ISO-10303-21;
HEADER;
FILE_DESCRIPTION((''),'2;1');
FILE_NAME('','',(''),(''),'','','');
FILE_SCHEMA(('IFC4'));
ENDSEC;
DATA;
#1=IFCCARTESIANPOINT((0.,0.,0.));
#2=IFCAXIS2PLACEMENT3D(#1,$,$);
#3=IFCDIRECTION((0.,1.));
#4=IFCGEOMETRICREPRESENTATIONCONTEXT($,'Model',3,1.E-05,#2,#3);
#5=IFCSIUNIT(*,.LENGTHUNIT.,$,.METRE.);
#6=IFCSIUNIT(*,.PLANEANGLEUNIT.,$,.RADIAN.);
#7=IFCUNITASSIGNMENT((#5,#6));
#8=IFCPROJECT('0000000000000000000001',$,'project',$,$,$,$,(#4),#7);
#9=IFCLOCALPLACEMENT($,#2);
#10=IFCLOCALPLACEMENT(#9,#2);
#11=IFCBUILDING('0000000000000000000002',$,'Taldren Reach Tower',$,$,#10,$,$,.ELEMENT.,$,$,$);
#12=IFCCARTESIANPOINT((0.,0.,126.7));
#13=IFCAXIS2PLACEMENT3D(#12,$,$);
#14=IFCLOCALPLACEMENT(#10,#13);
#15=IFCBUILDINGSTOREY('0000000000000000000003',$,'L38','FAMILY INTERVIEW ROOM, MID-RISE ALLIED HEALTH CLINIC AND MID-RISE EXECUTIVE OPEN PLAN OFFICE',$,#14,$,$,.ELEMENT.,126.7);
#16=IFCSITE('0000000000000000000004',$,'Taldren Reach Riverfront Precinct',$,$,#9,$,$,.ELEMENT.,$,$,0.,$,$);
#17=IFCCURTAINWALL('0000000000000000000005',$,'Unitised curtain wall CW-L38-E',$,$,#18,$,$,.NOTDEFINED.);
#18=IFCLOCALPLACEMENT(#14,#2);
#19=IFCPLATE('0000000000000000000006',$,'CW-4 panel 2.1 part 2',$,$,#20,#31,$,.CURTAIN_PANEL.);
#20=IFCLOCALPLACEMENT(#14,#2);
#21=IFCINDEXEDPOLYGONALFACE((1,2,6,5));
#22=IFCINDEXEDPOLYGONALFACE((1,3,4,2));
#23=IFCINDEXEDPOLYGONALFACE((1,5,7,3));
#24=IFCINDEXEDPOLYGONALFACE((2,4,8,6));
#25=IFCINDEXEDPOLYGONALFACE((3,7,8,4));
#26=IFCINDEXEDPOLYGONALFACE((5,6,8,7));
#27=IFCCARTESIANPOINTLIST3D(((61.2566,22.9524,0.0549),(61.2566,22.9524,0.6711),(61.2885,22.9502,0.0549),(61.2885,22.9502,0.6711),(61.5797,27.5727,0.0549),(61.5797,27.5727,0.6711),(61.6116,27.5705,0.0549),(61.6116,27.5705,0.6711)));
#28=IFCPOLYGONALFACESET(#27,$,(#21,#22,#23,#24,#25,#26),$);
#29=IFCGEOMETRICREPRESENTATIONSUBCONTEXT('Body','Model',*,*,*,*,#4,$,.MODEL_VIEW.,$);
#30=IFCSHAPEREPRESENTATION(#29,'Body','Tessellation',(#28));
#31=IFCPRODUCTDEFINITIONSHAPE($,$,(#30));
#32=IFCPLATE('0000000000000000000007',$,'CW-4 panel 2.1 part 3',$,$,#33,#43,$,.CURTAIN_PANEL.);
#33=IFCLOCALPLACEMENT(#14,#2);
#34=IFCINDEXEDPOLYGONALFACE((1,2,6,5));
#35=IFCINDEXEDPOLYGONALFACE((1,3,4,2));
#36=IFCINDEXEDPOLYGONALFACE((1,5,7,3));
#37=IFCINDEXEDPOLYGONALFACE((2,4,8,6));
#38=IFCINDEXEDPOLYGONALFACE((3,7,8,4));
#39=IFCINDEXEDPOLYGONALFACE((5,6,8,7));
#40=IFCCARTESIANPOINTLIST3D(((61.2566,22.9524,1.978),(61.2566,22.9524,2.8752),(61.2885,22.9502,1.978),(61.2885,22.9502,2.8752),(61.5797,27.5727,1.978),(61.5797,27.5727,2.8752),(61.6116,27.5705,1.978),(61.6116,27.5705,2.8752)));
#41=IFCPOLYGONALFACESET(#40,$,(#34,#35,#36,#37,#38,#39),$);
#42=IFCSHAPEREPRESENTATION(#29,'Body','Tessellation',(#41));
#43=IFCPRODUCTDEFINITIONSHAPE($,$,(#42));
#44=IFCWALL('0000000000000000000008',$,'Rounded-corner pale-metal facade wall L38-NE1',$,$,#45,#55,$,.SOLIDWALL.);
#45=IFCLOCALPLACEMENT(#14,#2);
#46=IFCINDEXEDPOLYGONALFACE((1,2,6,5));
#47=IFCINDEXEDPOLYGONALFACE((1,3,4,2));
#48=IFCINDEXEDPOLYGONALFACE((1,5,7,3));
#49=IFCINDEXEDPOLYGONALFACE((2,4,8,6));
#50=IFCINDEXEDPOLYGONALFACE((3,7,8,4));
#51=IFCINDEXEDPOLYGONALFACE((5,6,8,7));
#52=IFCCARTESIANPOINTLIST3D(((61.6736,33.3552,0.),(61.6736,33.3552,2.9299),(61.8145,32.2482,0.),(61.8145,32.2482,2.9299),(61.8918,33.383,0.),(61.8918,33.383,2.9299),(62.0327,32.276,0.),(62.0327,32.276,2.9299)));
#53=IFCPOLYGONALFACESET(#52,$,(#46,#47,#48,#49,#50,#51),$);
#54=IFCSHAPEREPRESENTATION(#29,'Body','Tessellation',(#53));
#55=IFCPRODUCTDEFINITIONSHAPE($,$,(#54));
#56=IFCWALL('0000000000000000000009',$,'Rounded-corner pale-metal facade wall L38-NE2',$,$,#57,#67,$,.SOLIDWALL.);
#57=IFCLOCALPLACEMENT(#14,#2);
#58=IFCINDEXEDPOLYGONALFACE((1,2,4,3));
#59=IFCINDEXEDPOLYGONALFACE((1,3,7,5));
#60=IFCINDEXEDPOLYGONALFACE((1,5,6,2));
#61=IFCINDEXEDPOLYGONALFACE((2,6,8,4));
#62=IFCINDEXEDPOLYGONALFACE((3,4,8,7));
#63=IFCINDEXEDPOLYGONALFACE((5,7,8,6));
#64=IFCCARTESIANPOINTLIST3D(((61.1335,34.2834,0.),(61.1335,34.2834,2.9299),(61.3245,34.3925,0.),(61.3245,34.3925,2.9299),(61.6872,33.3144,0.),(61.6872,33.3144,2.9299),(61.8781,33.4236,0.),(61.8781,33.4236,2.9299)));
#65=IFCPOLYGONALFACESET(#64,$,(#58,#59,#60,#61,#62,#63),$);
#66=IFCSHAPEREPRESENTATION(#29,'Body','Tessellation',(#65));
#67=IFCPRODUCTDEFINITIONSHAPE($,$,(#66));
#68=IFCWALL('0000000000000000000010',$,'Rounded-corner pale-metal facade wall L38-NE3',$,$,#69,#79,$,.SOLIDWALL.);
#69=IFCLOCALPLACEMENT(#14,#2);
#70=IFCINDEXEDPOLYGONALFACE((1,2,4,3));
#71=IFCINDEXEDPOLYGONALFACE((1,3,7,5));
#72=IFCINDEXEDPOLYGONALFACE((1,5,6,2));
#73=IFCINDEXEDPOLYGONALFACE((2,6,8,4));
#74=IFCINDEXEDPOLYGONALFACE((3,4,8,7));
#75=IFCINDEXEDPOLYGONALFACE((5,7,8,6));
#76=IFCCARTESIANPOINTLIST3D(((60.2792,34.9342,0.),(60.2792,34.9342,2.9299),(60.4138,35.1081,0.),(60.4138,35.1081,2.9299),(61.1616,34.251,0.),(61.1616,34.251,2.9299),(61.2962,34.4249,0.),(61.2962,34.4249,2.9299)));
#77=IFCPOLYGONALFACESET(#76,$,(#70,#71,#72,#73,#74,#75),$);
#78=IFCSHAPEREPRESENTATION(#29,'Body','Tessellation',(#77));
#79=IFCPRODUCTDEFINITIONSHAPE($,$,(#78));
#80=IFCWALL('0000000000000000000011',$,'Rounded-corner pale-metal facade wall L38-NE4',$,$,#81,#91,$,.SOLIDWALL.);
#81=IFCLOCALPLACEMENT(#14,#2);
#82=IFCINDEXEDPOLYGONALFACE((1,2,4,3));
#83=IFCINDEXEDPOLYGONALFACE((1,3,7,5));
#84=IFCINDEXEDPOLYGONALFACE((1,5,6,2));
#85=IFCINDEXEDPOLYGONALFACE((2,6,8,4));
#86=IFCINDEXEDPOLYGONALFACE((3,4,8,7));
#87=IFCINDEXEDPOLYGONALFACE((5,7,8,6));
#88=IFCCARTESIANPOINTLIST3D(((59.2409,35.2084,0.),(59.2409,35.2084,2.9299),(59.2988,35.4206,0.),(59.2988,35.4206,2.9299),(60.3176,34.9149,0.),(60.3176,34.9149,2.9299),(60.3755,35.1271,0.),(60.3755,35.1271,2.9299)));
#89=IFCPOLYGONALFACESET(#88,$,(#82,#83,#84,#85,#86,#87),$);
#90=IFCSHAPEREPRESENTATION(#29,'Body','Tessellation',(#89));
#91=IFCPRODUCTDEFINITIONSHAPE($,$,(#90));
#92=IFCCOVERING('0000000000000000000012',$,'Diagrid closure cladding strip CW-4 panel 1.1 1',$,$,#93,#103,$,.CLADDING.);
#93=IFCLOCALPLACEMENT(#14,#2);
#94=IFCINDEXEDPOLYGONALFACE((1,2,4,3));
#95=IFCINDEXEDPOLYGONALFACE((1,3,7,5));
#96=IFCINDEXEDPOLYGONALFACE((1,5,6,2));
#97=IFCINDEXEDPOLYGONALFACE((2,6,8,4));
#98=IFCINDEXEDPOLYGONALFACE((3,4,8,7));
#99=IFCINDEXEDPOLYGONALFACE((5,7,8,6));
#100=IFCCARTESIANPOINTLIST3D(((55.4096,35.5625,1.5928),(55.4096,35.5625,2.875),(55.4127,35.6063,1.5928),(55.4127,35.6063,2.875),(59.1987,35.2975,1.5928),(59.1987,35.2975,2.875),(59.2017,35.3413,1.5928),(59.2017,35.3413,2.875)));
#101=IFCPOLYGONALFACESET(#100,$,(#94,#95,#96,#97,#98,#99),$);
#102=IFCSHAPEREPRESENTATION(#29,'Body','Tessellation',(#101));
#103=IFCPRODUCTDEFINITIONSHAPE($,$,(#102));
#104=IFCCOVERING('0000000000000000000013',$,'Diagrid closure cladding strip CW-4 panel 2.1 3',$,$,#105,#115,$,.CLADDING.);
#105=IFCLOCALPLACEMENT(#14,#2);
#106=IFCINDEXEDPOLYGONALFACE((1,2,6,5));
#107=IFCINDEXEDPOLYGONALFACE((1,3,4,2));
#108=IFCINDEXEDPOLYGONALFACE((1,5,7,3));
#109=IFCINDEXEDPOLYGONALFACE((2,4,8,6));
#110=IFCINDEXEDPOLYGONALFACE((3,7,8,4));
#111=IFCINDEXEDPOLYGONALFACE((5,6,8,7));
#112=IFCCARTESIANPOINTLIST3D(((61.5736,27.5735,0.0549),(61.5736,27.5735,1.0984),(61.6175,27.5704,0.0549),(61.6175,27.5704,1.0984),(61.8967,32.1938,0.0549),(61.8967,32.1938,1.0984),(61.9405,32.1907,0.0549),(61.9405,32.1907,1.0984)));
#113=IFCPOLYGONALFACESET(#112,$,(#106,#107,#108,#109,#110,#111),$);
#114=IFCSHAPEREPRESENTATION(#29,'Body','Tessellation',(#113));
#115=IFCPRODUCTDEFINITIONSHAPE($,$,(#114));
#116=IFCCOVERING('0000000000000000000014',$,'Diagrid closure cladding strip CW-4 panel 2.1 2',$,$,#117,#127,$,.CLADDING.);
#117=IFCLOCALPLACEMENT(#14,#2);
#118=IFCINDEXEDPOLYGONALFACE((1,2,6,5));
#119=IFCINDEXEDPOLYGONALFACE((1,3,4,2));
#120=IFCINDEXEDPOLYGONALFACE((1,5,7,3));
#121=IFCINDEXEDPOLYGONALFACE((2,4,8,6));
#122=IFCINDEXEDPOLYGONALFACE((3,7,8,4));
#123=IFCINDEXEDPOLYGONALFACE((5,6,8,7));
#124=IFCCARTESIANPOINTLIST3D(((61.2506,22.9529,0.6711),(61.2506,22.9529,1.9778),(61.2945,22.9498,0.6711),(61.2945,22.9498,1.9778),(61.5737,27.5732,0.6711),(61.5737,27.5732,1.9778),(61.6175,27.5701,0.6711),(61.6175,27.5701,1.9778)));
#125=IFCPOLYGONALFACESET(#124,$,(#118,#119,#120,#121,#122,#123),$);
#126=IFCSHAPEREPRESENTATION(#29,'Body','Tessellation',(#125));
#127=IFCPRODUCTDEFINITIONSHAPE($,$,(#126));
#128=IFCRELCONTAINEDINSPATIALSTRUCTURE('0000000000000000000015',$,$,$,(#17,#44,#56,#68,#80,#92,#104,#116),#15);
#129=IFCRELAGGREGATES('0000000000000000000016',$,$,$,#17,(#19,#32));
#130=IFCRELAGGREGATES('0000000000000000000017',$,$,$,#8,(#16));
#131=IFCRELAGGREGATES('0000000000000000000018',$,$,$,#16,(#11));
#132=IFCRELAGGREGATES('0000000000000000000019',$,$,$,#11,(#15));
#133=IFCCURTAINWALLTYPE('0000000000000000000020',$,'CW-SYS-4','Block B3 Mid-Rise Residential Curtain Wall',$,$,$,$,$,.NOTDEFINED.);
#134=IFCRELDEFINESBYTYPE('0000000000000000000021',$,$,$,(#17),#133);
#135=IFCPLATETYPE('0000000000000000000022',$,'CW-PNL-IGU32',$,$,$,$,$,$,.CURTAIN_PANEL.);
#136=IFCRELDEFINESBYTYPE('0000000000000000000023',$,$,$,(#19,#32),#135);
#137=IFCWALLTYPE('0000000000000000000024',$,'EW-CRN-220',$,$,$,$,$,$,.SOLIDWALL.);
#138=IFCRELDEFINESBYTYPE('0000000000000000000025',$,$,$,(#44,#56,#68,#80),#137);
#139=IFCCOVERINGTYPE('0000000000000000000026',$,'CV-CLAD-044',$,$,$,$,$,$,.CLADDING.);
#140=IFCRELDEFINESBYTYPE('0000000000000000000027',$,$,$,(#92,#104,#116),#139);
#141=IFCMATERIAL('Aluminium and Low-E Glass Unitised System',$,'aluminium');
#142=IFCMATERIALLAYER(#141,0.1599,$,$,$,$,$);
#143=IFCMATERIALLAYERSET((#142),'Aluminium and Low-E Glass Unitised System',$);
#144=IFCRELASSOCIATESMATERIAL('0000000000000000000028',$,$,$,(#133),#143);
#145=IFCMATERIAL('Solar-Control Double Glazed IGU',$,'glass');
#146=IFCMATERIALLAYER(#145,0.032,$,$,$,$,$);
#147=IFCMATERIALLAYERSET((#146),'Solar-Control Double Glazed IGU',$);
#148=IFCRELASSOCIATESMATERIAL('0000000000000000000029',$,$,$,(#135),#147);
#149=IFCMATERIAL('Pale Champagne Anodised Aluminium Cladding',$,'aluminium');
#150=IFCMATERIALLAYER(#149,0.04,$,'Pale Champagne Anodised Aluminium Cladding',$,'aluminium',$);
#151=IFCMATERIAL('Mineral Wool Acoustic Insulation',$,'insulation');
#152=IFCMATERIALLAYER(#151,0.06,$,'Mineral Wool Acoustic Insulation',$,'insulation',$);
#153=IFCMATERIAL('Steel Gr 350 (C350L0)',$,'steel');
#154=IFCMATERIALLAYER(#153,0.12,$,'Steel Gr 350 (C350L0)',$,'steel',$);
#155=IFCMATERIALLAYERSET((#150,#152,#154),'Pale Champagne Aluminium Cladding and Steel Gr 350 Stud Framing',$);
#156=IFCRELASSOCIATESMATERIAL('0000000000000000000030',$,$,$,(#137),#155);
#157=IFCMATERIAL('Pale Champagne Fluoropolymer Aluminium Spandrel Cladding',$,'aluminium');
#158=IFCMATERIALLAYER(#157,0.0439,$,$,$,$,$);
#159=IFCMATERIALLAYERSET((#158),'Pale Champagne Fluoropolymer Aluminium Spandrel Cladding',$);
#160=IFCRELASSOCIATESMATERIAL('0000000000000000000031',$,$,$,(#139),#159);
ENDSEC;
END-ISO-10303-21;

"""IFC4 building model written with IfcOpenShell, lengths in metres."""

from ifc_helpers import new_model, si_unit, direction, frame, frame_2d, origin, origin_2d, place, context, subcontext, project, spatial, rectangle, extrude, source, transform, mapped, material, layer, layer_set, type_object, element, aggregate, save


model = new_model("IFC4")

# Units and contexts
model_context = context("Model", 3, precision=1e-05, world=origin(), true_north=direction((0.0, 1.0)))
body_context = subcontext(model_context, "Body", "Model", "MODEL_VIEW")
ifc_project = project(units=[si_unit("LENGTHUNIT", "METRE"), si_unit("PLANEANGLEUNIT", "RADIAN")], contexts=[model_context])

# Site, building, storey
site_placement = place(None, origin())
site = spatial("IfcSite", under=ifc_project, at=site_placement, Name="Taldren Reach Riverfront Precinct", CompositionType="ELEMENT", RefElevation=0.0)
building_placement = place(site_placement, origin())
building = spatial("IfcBuilding", under=site, at=building_placement, Name="Taldren Reach Tower", CompositionType="ELEMENT")
storey_placement = place(building_placement, frame((0.0, 0.0, 126.7)))
storey = spatial("IfcBuildingStorey", under=building, at=storey_placement, Name="L38", Description="FAMILY INTERVIEW ROOM, MID-RISE ALLIED HEALTH CLINIC AND MID-RISE EXECUTIVE OPEN PLAN OFFICE", CompositionType="ELEMENT", Elevation=126.7)

# Shared definitions
ifc_material_1 = material(Name="Steel Gr 350 (C350L0)", Category="steel")

# Shared definitions
ifc_material_2 = material(Name="Aluminium and Low-E Glass Unitised System", Category="aluminium")
ifc_layer_1 = layer(ifc_material_2, 0.1599)
ifc_layer_set_1 = layer_set([ifc_layer_1], Name="Aluminium and Low-E Glass Unitised System")
curtain_wall_type = type_object("IfcCurtainWallType", Name="CW-SYS-4", Description="Block B3 Mid-Rise Residential Curtain Wall", PredefinedType="NOTDEFINED", material=ifc_layer_set_1)

# Curtain wall
curtain_wall_1_placement = place(storey_placement, origin())
curtain_wall_1 = element("IfcCurtainWall", 1, at=curtain_wall_1_placement, inside=storey, type_object=curtain_wall_type, Name="Unitised curtain wall CW-L38-E", PredefinedType="NOTDEFINED")

# Plates
ifc_material_3 = material(Name="Solar-Control Double Glazed IGU", Category="glass")
ifc_layer_2 = layer(ifc_material_3, 0.032)
ifc_layer_set_2 = layer_set([ifc_layer_2], Name="Solar-Control Double Glazed IGU")
plate_type_1 = type_object("IfcPlateType", Name="CW-PNL-IGU32", PredefinedType="CURTAIN_PANEL", material=ifc_layer_set_2)
shared_shape_1 = source(origin(), body_context, "Body", "SweptSolid", [
    extrude(rectangle(XDim=4.6316, YDim=0.032, at=origin_2d()), origin(), (0.0, 0.0, 1.0), 0.6162),
])
plate_1_placement = place(storey_placement, frame((61.4341, 25.2615, 0.0549), z_axis=(0.0, 0.0, 1.0), x_axis=(0.069756, 0.997564, 0.0)))
plate_1 = element("IfcPlate", 2, at=plate_1_placement, type_object=plate_type_1, Name="CW-4 panel 2.1 part 2", PredefinedType="CURTAIN_PANEL", context=body_context, shape_type="MappedRepresentation", body=[
    mapped(shared_shape_1, transform((0.0, 0.0, 0.0), scale=1.0)),
])
shared_shape_2 = source(origin(), body_context, "Body", "SweptSolid", [
    extrude(rectangle(XDim=4.6316, YDim=0.032, at=origin_2d()), origin(), (0.0, 0.0, 1.0), 0.8972),
])
plate_2_placement = place(storey_placement, frame((61.4341, 25.2615, 1.978), z_axis=(0.0, 0.0, 1.0), x_axis=(0.069756, 0.997564, 0.0)))
plate_2 = element("IfcPlate", 3, at=plate_2_placement, type_object=plate_type_1, Name="CW-4 panel 2.1 part 3", PredefinedType="CURTAIN_PANEL", context=body_context, shape_type="MappedRepresentation", body=[
    mapped(shared_shape_2, transform((0.0, 0.0, 0.0), scale=1.0)),
])
aggregate(curtain_wall_1, [plate_1, plate_2])

# Walls
ifc_material_4 = material(Name="Pale Champagne Anodised Aluminium Cladding", Category="aluminium")
ifc_layer_3 = layer(ifc_material_4, 0.04, Name="Pale Champagne Anodised Aluminium Cladding", Category="aluminium")
ifc_material_5 = material(Name="Mineral Wool Acoustic Insulation", Category="insulation")
ifc_layer_4 = layer(ifc_material_5, 0.06, Name="Mineral Wool Acoustic Insulation", Category="insulation")
ifc_layer_5 = layer(ifc_material_1, 0.12, Name="Steel Gr 350 (C350L0)", Category="steel")
ifc_layer_set_3 = layer_set([ifc_layer_3, ifc_layer_4, ifc_layer_5], Name="Pale Champagne Aluminium Cladding and Steel Gr 350 Stud Framing")
wall_type = type_object("IfcWallType", Name="EW-CRN-220", PredefinedType="SOLIDWALL", material=ifc_layer_set_3)
shared_shape_3 = source(origin(), body_context, "Body", "SweptSolid", [
    extrude(rectangle(XDim=1.116, YDim=0.22, at=frame_2d((0.5581, 0.0))), origin(), (0.0, 0.0, 1.0), 2.9299),
])
for number, where, z_axis, x_axis, name in (
    (4, (61.9236, 32.262, 0.0), (0.0, 0.0, 1.0), (-0.126243, 0.991999, 0.0), "Rounded-corner pale-metal facade wall L38-NE1"),
    (5, (61.7827, 33.3689, 0.0), (0.0, 0.0, 1.0), (-0.496139, 0.868243, 0.0), "Rounded-corner pale-metal facade wall L38-NE2"),
    (6, (61.229, 34.3379, 0.0), (0.0, 0.0, 1.0), (-0.790717, 0.612182, 0.0), "Rounded-corner pale-metal facade wall L38-NE3"),
    (7, (60.3467, 35.021, 0.0), (0.0, 0.0, 1.0), (-0.964804, 0.262969, 0.0), "Rounded-corner pale-metal facade wall L38-NE4"),
):
    element("IfcWall", number, at=place(storey_placement, frame(where, z_axis=z_axis, x_axis=x_axis)), inside=storey, type_object=wall_type, Name=name, PredefinedType="SOLIDWALL", context=body_context, shape_type="MappedRepresentation", body=[
        mapped(shared_shape_3, transform((0.0, 0.0, 0.0), scale=1.0)),
    ])

# Coverings
ifc_material_6 = material(Name="Pale Champagne Fluoropolymer Aluminium Spandrel Cladding", Category="aluminium")
ifc_layer_6 = layer(ifc_material_6, 0.0439)
ifc_layer_set_4 = layer_set([ifc_layer_6], Name="Pale Champagne Fluoropolymer Aluminium Spandrel Cladding")
covering_type = type_object("IfcCoveringType", Name="CV-CLAD-044", PredefinedType="CLADDING", material=ifc_layer_set_4)
shared_shape_4 = source(origin(), body_context, "Body", "SweptSolid", [
    extrude(rectangle(XDim=3.7983, YDim=0.0439, at=origin_2d()), origin(), (0.0, 0.0, 1.0), 1.2822),
])
covering_1_placement = place(storey_placement, frame((57.3057, 35.4519, 1.5928), z_axis=(0.0, 0.0, 1.0), x_axis=(-0.997564, 0.069757, 0.0)))
element("IfcCovering", 8, at=covering_1_placement, inside=storey, type_object=covering_type, Name="Diagrid closure cladding strip CW-4 panel 1.1 1", PredefinedType="CLADDING", context=body_context, shape_type="MappedRepresentation", body=[
    mapped(shared_shape_4, transform((0.0, 0.0, 0.0), scale=1.0)),
])
shared_shape_5 = source(origin(), body_context, "Body", "SweptSolid", [
    extrude(rectangle(XDim=4.6316, YDim=0.0439, at=origin_2d()), origin(), (0.0, 0.0, 1.0), 1.0435),
])
covering_2_placement = place(storey_placement, frame((61.7571, 29.8821, 0.0549), z_axis=(0.0, 0.0, 1.0), x_axis=(0.069756, 0.997564, 0.0)))
element("IfcCovering", 9, at=covering_2_placement, inside=storey, type_object=covering_type, Name="Diagrid closure cladding strip CW-4 panel 2.1 3", PredefinedType="CLADDING", context=body_context, shape_type="MappedRepresentation", body=[
    mapped(shared_shape_5, transform((0.0, 0.0, 0.0), scale=1.0)),
])
shared_shape_6 = source(origin(), body_context, "Body", "SweptSolid", [
    extrude(rectangle(XDim=4.6316, YDim=0.0439, at=origin_2d()), origin(), (0.0, 0.0, 1.0), 1.3066),
])
covering_3_placement = place(storey_placement, frame((61.4341, 25.2615, 0.6711), z_axis=(0.0, 0.0, 1.0), x_axis=(0.069756, 0.997564, 0.0)))
element("IfcCovering", 10, at=covering_3_placement, inside=storey, type_object=covering_type, Name="Diagrid closure cladding strip CW-4 panel 2.1 2", PredefinedType="CLADDING", context=body_context, shape_type="MappedRepresentation", body=[
    mapped(shared_shape_6, transform((0.0, 0.0, 0.0), scale=1.0)),
])

save(model, "model.ifc")
